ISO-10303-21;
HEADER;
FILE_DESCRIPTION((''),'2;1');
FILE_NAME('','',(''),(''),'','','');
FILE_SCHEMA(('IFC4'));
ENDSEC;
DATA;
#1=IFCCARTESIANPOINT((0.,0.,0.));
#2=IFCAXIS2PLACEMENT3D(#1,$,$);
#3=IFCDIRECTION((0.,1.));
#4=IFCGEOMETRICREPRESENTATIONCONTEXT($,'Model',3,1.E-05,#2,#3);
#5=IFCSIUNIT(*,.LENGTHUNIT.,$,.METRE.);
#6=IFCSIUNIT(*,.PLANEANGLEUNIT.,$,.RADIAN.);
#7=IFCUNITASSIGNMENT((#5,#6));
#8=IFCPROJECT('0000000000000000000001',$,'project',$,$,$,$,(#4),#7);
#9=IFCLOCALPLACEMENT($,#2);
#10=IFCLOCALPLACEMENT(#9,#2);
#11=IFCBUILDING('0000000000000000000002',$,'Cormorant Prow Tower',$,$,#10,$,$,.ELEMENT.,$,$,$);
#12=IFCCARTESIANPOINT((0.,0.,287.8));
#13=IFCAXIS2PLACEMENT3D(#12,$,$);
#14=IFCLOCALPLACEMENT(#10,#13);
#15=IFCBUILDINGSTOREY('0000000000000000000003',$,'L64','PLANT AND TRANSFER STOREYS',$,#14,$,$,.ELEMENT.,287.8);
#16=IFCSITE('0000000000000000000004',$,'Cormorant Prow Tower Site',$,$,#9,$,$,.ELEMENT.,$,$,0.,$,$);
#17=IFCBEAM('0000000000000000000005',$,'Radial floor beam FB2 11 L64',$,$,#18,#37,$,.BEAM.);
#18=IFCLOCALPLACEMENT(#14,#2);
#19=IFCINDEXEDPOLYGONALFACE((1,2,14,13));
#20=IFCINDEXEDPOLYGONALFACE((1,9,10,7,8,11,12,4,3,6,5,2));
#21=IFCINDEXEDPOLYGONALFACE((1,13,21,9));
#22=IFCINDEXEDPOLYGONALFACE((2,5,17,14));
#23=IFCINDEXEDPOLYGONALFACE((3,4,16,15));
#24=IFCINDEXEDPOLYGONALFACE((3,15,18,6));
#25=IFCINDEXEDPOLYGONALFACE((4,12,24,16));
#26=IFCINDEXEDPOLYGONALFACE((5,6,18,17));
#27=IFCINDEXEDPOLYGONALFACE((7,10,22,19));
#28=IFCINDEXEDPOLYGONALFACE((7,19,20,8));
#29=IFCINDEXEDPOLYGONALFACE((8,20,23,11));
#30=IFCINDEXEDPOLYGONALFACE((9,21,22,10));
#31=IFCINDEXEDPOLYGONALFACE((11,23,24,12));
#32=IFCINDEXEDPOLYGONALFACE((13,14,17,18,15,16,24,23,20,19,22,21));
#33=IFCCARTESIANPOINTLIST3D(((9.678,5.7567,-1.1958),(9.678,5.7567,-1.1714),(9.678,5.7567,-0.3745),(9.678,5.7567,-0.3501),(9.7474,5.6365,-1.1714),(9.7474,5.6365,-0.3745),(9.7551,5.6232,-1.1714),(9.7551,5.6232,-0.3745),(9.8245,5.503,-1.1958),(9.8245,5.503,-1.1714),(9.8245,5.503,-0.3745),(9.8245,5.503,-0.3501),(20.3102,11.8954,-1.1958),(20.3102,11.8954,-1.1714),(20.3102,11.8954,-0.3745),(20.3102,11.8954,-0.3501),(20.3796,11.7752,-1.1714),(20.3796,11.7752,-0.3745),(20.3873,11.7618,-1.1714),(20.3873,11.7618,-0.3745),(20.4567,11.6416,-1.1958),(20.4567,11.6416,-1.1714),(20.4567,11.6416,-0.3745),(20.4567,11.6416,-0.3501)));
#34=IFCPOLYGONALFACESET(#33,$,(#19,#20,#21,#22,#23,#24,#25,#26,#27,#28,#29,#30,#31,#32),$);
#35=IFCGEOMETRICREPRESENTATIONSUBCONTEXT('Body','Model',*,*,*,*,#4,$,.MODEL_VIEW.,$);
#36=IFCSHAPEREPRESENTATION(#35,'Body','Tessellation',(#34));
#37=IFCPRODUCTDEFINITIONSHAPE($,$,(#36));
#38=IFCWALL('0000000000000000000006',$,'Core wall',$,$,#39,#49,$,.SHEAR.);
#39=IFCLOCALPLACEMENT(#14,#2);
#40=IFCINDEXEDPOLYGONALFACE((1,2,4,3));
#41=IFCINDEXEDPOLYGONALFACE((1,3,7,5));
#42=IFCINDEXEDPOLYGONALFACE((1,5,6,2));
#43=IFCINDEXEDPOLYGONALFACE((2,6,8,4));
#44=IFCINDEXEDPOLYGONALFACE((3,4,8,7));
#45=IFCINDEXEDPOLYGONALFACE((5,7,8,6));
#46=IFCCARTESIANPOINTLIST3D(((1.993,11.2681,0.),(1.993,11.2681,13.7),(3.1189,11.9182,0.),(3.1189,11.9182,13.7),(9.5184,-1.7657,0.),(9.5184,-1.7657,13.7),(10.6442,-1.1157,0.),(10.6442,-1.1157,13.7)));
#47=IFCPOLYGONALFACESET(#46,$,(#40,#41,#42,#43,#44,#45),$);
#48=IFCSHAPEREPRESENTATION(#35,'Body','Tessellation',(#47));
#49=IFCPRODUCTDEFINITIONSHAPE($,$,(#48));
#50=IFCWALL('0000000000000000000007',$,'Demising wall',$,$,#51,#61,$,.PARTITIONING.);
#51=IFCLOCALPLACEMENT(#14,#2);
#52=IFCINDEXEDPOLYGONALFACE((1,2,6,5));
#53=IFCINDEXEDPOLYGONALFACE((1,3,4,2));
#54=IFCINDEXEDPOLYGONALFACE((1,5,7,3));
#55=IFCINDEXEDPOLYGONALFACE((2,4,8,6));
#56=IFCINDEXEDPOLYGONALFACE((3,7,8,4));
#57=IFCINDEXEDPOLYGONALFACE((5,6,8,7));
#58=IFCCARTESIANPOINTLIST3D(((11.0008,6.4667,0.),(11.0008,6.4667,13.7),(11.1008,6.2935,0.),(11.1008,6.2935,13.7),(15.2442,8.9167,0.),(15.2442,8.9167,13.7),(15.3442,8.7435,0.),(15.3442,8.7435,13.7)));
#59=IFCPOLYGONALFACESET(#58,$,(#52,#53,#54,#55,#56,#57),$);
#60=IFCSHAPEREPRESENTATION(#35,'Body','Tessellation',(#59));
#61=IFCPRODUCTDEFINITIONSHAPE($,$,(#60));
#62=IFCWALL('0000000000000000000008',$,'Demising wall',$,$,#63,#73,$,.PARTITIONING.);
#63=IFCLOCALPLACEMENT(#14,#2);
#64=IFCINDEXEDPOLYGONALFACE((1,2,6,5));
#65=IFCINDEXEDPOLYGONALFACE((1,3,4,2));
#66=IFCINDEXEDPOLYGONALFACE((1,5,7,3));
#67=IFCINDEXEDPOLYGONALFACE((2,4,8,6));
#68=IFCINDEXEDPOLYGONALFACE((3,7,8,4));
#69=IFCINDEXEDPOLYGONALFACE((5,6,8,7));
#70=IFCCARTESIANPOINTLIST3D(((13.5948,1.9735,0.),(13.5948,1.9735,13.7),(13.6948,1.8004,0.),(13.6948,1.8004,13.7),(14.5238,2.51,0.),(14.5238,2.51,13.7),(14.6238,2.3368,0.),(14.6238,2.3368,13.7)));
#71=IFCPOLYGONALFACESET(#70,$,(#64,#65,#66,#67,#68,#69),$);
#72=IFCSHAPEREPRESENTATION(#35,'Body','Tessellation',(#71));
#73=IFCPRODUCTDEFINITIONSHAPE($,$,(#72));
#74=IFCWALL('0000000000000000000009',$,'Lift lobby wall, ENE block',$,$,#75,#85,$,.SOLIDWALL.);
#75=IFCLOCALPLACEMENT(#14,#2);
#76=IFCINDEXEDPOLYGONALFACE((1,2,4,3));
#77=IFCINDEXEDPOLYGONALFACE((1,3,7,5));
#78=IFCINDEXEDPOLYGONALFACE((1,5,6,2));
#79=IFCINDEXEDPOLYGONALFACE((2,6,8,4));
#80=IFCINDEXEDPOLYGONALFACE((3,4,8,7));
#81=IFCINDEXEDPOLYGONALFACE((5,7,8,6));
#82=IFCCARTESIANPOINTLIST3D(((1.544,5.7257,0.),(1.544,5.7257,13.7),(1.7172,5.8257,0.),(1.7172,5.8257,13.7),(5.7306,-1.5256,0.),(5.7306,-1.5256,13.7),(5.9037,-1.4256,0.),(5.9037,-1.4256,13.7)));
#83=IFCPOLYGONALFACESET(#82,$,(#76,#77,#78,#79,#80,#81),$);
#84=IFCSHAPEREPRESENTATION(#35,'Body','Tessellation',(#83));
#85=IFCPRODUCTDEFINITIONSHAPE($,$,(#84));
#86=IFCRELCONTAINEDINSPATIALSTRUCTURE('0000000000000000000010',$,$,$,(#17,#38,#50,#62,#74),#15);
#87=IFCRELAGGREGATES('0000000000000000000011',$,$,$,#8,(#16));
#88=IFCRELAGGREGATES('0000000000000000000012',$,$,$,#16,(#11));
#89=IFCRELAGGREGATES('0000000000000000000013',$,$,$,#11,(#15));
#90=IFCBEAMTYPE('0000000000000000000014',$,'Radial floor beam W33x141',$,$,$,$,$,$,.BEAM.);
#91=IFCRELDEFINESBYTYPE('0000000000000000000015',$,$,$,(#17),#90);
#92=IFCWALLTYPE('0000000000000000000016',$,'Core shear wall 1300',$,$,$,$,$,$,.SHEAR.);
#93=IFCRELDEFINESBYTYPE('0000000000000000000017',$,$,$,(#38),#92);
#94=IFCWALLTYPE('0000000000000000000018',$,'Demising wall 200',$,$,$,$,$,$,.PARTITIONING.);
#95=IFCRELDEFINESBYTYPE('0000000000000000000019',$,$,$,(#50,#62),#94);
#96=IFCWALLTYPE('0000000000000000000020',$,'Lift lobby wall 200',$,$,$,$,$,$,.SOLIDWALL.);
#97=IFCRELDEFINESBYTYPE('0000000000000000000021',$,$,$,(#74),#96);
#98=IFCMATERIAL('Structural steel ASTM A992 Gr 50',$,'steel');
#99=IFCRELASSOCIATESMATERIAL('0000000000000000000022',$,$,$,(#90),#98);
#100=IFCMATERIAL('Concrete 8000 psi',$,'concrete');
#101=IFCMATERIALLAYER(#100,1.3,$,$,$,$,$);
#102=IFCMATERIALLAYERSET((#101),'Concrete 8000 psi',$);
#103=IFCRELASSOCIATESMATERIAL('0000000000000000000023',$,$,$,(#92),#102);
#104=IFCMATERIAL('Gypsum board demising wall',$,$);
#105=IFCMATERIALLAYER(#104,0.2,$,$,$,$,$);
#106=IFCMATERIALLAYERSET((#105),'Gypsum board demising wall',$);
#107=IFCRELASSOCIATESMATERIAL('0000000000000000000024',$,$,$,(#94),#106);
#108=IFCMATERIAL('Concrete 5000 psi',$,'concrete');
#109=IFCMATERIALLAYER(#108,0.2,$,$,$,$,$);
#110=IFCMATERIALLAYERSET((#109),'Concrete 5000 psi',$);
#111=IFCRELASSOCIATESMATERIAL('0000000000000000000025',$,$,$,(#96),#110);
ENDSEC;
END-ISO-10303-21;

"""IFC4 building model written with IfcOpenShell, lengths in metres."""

from ifc_helpers import new_model, si_unit, direction, frame, frame_2d, origin, origin_2d, place, context, subcontext, project, spatial, rectangle, i_section, extrude, material, layer, layer_set, material_profile, profile_set, type_object, element, save


model = new_model("IFC4")

# Units and contexts
model_context = context("Model", 3, precision=1e-05, world=origin(), true_north=direction((0.0, 1.0)))
body_context = subcontext(model_context, "Body", "Model", "MODEL_VIEW")
ifc_project = project(units=[si_unit("LENGTHUNIT", "METRE"), si_unit("PLANEANGLEUNIT", "RADIAN")], contexts=[model_context])

# Site, building, storey
site_placement = place(None, origin())
site = spatial("IfcSite", under=ifc_project, at=site_placement, Name="Cormorant Prow Tower Site", CompositionType="ELEMENT", RefElevation=0.0)
building_placement = place(site_placement, origin())
building = spatial("IfcBuilding", under=site, at=building_placement, Name="Cormorant Prow Tower", CompositionType="ELEMENT")
storey_placement = place(building_placement, frame((0.0, 0.0, 287.8)))
storey = spatial("IfcBuildingStorey", under=building, at=storey_placement, Name="L64", Description="PLANT AND TRANSFER STOREYS", CompositionType="ELEMENT", Elevation=287.8)

# Beam
ifc_material_1 = material(Name="Structural steel ASTM A992 Gr 50", Category="steel")
ifc_material_profile_1 = material_profile(ifc_material_1, i_section(OverallWidth=0.293, OverallDepth=0.8457, WebThickness=0.0154, FlangeThickness=0.0244, at=origin_2d()), Name="W33x141")
ifc_profile_set_1 = profile_set([ifc_material_profile_1], Name="Structural steel ASTM A992 Gr 50")
beam_type = type_object("IfcBeamType", Name="Radial floor beam W33x141", PredefinedType="BEAM", material=ifc_profile_set_1)
beam_placement = place(storey_placement, frame((9.7512, 5.6299, -0.7729), z_axis=(0.866022, 0.500006, 0.0), x_axis=(-0.500006, 0.866022, 0.0)))
element("IfcBeam", 1, at=beam_placement, inside=storey, type_object=beam_type, Name="Radial floor beam FB2 11 L64", PredefinedType="BEAM", context=body_context, shape_type="SweptSolid", body=[
    extrude(i_section(OverallWidth=0.293, OverallDepth=0.8457, WebThickness=0.0154, FlangeThickness=0.0244, at=origin_2d()), origin(), (0.0, 0.0, 1.0), 12.2771),
])

# Walls
ifc_material_2 = material(Name="Concrete 8000 psi", Category="concrete")
ifc_layer_1 = layer(ifc_material_2, 1.3)
ifc_layer_set_1 = layer_set([ifc_layer_1], Name="Concrete 8000 psi")
wall_type_1 = type_object("IfcWallType", Name="Core shear wall 1300", PredefinedType="SHEAR", material=ifc_layer_set_1)
wall_1_placement = place(storey_placement, frame((10.0813, -1.4407, 0.0), z_axis=(0.0, 0.0, 1.0), x_axis=(-0.500012, 0.866018, 0.0)))
element("IfcWall", 2, at=wall_1_placement, inside=storey, type_object=wall_type_1, Name="Core wall", PredefinedType="SHEAR", context=body_context, shape_type="SweptSolid", body=[
    extrude(rectangle(XDim=15.0503, YDim=1.3, at=frame_2d((7.5251, 0.0))), origin(), (0.0, 0.0, 1.0), 13.7),
])
ifc_material_3 = material(Name="Gypsum board demising wall")
ifc_layer_2 = layer(ifc_material_3, 0.2)
ifc_layer_set_2 = layer_set([ifc_layer_2], Name="Gypsum board demising wall")
wall_type_2 = type_object("IfcWallType", Name="Demising wall 200", PredefinedType="PARTITIONING", material=ifc_layer_set_2)
wall_2_placement = place(storey_placement, frame((11.0508, 6.3801, 0.0), z_axis=(0.0, 0.0, 1.0), x_axis=(0.866024, 0.500003, 0.0)))
element("IfcWall", 3, at=wall_2_placement, inside=storey, type_object=wall_type_2, Name="Demising wall", PredefinedType="PARTITIONING", context=body_context, shape_type="SweptSolid", body=[
    extrude(rectangle(XDim=4.8999, YDim=0.2, at=frame_2d((2.45, 0.0))), origin(), (0.0, 0.0, 1.0), 13.7),
])
wall_3_placement = place(storey_placement, frame((13.6448, 1.887, 0.0), z_axis=(0.0, 0.0, 1.0), x_axis=(0.866007, 0.500031, 0.0)))
element("IfcWall", 4, at=wall_3_placement, inside=storey, type_object=wall_type_2, Name="Demising wall", PredefinedType="PARTITIONING", context=body_context, shape_type="SweptSolid", body=[
    extrude(rectangle(XDim=1.0728, YDim=0.2, at=frame_2d((0.5364, 0.0))), origin(), (0.0, 0.0, 1.0), 13.7),
])
ifc_material_4 = material(Name="Concrete 5000 psi", Category="concrete")
ifc_layer_3 = layer(ifc_material_4, 0.2)
ifc_layer_set_3 = layer_set([ifc_layer_3], Name="Concrete 5000 psi")
wall_type_3 = type_object("IfcWallType", Name="Lift lobby wall 200", PredefinedType="SOLIDWALL", material=ifc_layer_set_3)
wall_4_placement = place(storey_placement, frame((5.8171, -1.4756, 0.0), z_axis=(0.0, 0.0, 1.0), x_axis=(-0.500003, 0.866024, 0.0)))
element("IfcWall", 5, at=wall_4_placement, inside=storey, type_object=wall_type_3, Name="Lift lobby wall, ENE block", PredefinedType="SOLIDWALL", context=body_context, shape_type="SweptSolid", body=[
    extrude(rectangle(XDim=8.373, YDim=0.2, at=frame_2d((4.1865, 0.0))), origin(), (0.0, 0.0, 1.0), 13.7),
])

save(model, "model.ifc")
